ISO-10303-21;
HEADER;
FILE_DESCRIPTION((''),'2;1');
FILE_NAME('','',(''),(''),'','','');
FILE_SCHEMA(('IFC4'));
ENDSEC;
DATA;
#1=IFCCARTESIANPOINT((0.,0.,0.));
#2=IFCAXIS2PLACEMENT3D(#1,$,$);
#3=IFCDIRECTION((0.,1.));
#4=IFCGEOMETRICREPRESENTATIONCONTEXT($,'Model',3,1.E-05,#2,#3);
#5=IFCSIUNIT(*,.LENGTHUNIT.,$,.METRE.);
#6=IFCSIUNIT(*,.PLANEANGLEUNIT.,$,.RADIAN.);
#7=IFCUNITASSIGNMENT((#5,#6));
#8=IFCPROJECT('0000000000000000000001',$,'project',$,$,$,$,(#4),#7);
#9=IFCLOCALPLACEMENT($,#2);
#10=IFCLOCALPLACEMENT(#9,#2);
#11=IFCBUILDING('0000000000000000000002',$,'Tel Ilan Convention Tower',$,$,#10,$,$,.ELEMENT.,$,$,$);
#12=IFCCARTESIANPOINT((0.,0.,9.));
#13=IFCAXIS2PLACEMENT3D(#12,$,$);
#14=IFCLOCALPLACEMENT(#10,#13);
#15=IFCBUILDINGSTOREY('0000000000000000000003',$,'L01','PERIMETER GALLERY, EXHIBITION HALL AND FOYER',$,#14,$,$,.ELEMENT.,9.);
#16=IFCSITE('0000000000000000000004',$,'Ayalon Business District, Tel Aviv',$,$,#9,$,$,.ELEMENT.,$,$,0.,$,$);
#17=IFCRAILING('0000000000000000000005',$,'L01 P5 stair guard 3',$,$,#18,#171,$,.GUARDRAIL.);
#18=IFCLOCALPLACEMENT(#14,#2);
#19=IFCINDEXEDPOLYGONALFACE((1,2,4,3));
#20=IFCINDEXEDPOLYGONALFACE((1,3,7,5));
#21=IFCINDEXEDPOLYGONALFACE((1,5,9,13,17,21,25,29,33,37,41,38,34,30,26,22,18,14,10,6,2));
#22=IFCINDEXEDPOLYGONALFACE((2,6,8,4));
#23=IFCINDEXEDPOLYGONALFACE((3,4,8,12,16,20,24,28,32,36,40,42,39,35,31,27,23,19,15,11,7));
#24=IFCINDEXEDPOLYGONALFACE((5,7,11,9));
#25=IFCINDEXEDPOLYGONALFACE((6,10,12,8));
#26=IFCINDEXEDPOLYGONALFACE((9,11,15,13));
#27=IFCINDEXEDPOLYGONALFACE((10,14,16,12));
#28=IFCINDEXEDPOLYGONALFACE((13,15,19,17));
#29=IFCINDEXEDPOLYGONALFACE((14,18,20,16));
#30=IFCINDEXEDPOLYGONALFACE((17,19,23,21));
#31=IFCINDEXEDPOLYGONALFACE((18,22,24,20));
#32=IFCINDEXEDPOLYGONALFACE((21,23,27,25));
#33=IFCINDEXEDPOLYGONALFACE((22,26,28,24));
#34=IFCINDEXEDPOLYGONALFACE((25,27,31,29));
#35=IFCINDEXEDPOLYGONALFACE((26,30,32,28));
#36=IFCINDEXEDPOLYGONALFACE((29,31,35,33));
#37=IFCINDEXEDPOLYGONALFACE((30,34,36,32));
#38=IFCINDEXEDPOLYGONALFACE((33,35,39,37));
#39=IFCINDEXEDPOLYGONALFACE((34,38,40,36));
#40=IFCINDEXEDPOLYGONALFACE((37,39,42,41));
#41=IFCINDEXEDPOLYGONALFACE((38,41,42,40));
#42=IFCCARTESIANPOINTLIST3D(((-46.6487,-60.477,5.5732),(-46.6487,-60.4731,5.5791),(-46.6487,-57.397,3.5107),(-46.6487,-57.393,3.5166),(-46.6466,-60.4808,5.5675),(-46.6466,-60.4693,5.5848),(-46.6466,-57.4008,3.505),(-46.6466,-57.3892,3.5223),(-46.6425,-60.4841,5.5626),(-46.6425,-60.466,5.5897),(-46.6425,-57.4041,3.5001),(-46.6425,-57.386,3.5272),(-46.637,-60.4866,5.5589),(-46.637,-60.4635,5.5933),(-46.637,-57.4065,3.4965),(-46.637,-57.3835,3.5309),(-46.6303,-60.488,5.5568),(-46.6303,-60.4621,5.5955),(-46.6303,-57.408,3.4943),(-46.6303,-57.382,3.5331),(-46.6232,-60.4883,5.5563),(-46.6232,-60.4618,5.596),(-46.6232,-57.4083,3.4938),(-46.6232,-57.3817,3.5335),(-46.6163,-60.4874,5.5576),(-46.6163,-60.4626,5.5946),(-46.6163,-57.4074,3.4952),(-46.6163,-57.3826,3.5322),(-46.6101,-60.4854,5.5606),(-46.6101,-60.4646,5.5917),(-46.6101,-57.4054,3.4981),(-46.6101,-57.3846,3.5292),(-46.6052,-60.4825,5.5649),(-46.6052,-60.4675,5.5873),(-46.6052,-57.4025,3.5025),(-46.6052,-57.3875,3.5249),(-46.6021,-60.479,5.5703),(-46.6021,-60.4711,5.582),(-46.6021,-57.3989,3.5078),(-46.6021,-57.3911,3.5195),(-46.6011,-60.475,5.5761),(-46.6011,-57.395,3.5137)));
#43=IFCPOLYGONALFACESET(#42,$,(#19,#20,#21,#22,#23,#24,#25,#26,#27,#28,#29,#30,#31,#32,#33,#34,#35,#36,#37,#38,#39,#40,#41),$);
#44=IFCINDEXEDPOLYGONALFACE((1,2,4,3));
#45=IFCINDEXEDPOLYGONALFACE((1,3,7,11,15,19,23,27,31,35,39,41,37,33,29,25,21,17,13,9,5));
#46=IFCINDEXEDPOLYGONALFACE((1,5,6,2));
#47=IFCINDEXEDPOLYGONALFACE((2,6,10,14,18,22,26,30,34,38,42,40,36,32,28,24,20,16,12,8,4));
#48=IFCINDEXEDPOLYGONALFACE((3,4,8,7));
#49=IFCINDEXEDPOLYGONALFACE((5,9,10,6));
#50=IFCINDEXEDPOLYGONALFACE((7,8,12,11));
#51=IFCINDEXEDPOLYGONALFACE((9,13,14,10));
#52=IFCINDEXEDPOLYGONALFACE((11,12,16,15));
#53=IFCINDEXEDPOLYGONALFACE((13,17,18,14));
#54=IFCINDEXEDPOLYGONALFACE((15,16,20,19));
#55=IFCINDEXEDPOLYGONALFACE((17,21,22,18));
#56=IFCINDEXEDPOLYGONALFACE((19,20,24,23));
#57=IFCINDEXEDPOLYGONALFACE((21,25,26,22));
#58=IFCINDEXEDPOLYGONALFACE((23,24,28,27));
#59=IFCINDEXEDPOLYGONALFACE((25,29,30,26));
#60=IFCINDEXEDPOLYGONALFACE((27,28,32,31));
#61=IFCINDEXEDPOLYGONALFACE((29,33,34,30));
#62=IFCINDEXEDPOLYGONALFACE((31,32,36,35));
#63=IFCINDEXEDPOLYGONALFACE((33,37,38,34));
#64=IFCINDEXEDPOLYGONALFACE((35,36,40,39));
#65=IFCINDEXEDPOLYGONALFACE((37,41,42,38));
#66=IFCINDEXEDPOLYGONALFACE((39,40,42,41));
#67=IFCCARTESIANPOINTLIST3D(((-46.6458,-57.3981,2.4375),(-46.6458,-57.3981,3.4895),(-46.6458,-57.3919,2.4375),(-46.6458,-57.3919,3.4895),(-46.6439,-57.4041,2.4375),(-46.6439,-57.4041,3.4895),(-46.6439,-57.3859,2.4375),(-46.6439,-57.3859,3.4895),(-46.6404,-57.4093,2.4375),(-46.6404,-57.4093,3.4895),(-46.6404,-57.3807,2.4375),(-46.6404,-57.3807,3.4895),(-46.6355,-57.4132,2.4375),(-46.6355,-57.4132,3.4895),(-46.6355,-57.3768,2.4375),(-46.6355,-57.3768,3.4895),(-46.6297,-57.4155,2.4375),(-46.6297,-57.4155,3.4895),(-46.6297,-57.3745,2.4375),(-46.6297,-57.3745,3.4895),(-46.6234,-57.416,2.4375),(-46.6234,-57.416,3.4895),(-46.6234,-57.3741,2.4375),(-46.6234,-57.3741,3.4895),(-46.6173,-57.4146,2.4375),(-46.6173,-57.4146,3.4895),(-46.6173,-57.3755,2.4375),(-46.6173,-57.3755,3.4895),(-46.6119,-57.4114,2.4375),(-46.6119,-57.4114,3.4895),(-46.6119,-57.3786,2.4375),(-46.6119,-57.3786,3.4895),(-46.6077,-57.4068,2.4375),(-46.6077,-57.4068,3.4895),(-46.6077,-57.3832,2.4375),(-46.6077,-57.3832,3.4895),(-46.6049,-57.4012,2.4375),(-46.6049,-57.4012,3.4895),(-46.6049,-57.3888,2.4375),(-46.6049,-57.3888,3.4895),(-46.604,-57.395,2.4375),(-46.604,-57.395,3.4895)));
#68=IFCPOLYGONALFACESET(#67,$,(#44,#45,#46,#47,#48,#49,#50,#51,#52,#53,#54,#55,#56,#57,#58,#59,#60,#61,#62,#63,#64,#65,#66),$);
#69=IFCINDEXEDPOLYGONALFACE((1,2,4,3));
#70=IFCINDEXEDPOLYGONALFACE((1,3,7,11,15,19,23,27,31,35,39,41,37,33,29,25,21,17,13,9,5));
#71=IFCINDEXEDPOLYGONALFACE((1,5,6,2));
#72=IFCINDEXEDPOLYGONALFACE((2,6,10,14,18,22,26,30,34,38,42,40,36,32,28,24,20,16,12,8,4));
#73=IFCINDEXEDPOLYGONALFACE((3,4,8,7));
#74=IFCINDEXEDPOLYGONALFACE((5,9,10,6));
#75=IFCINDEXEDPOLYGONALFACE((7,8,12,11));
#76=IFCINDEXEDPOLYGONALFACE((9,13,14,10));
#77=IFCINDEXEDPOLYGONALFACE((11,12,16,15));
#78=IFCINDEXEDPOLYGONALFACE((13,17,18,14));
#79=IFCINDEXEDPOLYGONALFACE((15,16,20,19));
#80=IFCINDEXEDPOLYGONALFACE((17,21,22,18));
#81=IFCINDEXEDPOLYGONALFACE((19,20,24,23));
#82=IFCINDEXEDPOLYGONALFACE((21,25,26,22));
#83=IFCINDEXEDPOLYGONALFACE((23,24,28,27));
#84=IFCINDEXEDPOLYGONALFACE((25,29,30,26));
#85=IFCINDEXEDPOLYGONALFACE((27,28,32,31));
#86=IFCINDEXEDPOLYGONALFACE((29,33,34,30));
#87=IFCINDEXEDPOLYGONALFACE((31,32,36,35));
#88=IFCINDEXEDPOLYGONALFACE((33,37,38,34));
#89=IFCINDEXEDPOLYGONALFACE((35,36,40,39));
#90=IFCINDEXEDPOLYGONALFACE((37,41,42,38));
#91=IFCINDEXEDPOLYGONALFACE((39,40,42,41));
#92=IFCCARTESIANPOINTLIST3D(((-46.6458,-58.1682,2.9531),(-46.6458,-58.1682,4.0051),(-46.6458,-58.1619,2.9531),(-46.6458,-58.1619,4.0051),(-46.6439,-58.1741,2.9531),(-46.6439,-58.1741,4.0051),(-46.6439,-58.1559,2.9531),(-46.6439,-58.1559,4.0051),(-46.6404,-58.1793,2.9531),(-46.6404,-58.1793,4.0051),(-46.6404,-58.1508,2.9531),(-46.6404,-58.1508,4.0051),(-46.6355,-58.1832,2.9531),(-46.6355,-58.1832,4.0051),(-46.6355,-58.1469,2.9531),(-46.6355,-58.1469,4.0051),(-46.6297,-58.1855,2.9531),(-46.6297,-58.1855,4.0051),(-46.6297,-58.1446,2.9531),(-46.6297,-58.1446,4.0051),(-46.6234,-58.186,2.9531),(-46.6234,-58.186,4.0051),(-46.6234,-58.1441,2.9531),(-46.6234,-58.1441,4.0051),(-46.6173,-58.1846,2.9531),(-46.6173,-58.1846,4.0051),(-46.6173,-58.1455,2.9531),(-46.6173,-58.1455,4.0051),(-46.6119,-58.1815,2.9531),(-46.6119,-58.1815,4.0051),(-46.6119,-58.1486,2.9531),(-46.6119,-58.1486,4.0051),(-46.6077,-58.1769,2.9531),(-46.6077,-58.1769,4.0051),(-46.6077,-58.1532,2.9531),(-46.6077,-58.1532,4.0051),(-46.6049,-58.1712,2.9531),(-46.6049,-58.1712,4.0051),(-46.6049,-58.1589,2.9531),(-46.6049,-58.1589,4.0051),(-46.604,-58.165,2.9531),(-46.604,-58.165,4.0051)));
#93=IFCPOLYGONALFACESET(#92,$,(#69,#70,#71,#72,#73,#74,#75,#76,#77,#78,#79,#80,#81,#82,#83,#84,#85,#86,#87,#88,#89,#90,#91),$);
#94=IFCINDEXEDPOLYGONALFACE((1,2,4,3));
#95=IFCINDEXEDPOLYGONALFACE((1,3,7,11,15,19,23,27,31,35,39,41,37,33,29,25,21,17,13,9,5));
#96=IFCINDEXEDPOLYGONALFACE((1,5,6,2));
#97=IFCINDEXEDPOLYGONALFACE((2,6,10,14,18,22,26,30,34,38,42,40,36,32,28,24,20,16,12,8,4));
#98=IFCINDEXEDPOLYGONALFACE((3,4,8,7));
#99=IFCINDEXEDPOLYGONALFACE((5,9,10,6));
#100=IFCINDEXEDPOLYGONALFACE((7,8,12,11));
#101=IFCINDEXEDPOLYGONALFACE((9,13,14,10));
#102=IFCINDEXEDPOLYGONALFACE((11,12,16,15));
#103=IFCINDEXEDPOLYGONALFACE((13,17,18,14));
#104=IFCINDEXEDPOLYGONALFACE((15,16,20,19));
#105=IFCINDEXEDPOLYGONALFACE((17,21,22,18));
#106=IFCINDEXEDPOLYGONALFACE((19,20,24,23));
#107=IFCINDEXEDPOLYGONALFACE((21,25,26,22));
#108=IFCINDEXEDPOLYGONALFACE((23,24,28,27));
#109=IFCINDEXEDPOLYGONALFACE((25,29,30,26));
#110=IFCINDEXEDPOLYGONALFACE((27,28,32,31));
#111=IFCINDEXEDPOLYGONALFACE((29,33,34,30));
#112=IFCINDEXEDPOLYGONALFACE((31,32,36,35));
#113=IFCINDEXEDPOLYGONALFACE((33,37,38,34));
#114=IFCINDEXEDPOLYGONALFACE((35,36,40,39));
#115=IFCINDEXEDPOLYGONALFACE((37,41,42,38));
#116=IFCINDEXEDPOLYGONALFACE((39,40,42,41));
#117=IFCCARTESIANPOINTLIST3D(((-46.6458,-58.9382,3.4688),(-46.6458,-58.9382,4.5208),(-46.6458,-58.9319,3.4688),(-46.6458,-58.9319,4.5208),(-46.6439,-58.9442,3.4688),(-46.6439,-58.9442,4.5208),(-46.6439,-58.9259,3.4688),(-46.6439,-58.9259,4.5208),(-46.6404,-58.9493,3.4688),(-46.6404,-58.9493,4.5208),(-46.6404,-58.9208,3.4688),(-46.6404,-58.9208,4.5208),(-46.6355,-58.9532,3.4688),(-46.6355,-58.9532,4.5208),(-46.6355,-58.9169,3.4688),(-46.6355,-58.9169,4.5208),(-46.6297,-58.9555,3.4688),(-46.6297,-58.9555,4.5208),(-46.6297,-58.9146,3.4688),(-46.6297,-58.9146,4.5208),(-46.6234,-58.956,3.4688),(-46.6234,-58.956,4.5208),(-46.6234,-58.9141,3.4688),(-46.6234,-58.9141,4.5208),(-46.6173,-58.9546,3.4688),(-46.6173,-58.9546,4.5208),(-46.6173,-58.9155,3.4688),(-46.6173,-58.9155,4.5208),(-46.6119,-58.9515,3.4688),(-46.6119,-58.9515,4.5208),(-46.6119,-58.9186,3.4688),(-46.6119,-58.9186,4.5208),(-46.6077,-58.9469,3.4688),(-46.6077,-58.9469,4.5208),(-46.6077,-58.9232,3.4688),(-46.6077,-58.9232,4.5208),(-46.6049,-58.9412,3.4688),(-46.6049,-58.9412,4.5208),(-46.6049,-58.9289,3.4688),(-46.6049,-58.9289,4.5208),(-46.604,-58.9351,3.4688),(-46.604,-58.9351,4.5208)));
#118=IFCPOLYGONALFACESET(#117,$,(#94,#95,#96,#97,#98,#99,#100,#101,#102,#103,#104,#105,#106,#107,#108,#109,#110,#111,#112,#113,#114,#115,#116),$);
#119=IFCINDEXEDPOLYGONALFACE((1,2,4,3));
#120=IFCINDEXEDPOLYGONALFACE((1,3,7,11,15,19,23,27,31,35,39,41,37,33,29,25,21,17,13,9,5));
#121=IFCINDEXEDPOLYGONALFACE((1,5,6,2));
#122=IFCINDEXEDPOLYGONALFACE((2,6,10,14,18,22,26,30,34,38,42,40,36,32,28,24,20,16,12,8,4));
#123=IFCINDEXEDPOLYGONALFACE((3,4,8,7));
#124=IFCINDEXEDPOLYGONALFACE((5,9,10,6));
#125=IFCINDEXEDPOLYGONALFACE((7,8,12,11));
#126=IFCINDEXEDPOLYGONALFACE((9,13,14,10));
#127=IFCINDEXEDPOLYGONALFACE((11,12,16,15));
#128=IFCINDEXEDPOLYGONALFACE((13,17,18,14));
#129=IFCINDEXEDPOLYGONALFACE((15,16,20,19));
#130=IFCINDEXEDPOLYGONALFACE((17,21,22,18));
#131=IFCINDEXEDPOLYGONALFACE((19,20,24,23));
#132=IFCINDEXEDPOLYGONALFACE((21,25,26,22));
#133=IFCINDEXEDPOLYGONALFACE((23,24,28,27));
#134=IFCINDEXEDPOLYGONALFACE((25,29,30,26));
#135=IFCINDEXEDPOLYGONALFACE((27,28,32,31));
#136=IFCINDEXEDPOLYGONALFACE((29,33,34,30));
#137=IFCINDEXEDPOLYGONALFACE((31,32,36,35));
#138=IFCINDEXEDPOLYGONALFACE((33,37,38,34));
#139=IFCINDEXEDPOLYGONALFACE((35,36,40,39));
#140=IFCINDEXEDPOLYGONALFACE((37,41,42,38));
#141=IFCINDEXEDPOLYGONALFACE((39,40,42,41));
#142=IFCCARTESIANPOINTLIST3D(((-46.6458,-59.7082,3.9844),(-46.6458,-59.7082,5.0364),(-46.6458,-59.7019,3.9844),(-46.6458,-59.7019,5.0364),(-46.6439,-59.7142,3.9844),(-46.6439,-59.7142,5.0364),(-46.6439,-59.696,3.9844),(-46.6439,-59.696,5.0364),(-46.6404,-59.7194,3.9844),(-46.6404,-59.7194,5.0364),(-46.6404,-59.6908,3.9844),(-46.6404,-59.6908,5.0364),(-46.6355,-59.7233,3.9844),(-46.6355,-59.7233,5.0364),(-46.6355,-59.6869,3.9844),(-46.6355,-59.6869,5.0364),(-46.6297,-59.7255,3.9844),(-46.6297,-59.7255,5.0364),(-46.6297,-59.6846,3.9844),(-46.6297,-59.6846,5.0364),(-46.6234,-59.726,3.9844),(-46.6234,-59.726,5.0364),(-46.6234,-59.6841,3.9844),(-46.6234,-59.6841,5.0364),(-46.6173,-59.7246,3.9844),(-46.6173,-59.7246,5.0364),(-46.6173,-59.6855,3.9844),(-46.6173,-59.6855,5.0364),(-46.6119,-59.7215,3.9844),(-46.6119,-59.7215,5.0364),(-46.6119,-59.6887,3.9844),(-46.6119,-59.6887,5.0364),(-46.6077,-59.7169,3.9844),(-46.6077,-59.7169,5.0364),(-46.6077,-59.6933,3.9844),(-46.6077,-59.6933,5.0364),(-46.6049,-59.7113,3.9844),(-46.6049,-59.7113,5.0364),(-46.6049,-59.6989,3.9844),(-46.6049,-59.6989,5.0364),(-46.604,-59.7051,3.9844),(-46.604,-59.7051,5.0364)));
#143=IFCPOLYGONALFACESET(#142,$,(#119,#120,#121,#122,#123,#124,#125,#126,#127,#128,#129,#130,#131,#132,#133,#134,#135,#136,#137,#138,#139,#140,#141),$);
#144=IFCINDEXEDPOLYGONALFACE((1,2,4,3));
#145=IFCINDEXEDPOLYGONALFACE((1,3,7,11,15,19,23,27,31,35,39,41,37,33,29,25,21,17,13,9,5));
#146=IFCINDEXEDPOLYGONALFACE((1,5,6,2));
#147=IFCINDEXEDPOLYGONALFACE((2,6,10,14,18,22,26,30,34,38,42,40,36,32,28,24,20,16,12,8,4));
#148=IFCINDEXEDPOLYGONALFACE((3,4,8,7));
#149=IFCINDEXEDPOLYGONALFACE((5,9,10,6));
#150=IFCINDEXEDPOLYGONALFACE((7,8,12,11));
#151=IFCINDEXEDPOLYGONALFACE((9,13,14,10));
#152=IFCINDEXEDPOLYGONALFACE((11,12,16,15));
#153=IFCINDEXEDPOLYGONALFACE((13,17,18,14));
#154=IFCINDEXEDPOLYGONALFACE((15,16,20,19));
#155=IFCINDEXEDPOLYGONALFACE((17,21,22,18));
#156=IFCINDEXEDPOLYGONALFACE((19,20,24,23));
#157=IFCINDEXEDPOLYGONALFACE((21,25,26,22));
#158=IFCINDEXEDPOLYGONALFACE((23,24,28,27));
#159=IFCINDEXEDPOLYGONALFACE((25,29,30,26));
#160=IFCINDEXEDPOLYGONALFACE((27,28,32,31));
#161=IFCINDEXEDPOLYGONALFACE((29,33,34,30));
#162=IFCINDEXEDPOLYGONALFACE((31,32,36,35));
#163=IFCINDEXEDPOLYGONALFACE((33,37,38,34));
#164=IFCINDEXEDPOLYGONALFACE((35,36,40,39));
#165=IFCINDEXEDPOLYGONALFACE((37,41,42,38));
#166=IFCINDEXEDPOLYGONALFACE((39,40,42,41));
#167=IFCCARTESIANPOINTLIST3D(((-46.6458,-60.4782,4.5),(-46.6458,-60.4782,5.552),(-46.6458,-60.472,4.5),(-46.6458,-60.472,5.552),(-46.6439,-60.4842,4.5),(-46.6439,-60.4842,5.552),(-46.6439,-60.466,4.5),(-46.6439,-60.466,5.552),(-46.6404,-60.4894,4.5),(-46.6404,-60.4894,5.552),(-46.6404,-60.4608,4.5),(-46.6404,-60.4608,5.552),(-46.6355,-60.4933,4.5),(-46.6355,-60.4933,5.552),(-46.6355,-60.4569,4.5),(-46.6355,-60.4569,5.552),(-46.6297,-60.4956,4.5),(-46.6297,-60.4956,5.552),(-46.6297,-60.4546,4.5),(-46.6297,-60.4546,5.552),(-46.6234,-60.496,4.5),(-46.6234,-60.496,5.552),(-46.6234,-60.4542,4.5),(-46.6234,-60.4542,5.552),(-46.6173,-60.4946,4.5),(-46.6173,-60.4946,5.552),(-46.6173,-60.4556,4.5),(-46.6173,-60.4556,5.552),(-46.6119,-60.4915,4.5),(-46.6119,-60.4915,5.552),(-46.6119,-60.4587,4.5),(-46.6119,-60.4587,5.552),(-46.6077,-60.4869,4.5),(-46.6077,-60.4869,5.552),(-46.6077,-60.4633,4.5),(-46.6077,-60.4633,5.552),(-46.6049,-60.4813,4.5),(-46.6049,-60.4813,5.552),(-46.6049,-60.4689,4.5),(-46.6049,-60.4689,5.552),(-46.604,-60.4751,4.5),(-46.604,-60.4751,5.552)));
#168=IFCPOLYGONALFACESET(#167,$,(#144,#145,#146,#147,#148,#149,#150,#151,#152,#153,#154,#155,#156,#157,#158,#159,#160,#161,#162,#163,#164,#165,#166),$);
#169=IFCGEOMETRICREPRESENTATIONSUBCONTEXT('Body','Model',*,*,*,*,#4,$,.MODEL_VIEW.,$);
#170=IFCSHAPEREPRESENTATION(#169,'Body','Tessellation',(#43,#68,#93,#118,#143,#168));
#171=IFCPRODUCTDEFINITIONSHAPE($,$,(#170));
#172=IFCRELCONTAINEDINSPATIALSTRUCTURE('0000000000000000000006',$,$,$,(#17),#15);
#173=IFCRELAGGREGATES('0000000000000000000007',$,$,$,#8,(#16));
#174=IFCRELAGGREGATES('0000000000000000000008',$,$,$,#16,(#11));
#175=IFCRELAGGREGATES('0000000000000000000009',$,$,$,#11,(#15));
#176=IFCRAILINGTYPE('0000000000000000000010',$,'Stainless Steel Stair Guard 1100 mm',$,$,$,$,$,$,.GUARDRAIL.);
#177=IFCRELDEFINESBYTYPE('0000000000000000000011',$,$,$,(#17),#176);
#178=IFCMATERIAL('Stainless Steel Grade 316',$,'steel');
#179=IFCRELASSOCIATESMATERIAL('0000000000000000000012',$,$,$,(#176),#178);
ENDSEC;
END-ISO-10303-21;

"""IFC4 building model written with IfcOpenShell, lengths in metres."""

from ifc_helpers import new_model, si_unit, direction, frame, origin, origin_2d, place, context, subcontext, project, spatial, circle, extrude, material, type_object, element, save


model = new_model("IFC4")

# Units and contexts
model_context = context("Model", 3, precision=1e-05, world=origin(), true_north=direction((0.0, 1.0)))
body_context = subcontext(model_context, "Body", "Model", "MODEL_VIEW")
ifc_project = project(units=[si_unit("LENGTHUNIT", "METRE"), si_unit("PLANEANGLEUNIT", "RADIAN")], contexts=[model_context])

# Site, building, storey
site_placement = place(None, origin())
site = spatial("IfcSite", under=ifc_project, at=site_placement, Name="Ayalon Business District, Tel Aviv", CompositionType="ELEMENT", RefElevation=0.0)
building_placement = place(site_placement, origin())
building = spatial("IfcBuilding", under=site, at=building_placement, Name="Tel Ilan Convention Tower", CompositionType="ELEMENT")
storey_placement = place(building_placement, frame((0.0, 0.0, 9.0)))
storey = spatial("IfcBuildingStorey", under=building, at=storey_placement, Name="L01", Description="PERIMETER GALLERY, EXHIBITION HALL AND FOYER", CompositionType="ELEMENT", Elevation=9.0)

# Railing
ifc_material_1 = material(Name="Stainless Steel Grade 316", Category="steel")
railing_type_1 = type_object("IfcRailingType", Name="Stainless Steel Stair Guard 1100 mm", PredefinedType="GUARDRAIL", material=ifc_material_1)
railing_1_placement = place(storey_placement, frame((-46.625, -57.395, 2.4375)))
element("IfcRailing", 1, at=railing_1_placement, inside=storey, type_object=railing_type_1, Name="L01 P5 stair guard 3", PredefinedType="GUARDRAIL", context=body_context, shape_type="SweptSolid", body=[
    extrude(circle(Radius=0.0239, at=origin_2d()), frame((0.0, 0.0, 1.0762), z_axis=(0.0, -0.830914, 0.556401), x_axis=(1.0, 0.0, 0.0)), (0.0, 0.0, 1.0), 3.7068),
    extrude(circle(Radius=0.021, at=origin_2d()), origin(), (0.0, 0.0, 1.0), 1.052),
    extrude(circle(Radius=0.021, at=origin_2d()), frame((0.0, -0.77, 0.5156)), (0.0, 0.0, 1.0), 1.052),
    extrude(circle(Radius=0.021, at=origin_2d()), frame((0.0, -1.54, 1.0312)), (0.0, 0.0, 1.0), 1.052),
    extrude(circle(Radius=0.021, at=origin_2d()), frame((0.0, -2.3101, 1.5469)), (0.0, 0.0, 1.0), 1.052),
    extrude(circle(Radius=0.021, at=origin_2d()), frame((0.0, -3.0801, 2.0625)), (0.0, 0.0, 1.0), 1.052),
])

save(model, "model.ifc")
